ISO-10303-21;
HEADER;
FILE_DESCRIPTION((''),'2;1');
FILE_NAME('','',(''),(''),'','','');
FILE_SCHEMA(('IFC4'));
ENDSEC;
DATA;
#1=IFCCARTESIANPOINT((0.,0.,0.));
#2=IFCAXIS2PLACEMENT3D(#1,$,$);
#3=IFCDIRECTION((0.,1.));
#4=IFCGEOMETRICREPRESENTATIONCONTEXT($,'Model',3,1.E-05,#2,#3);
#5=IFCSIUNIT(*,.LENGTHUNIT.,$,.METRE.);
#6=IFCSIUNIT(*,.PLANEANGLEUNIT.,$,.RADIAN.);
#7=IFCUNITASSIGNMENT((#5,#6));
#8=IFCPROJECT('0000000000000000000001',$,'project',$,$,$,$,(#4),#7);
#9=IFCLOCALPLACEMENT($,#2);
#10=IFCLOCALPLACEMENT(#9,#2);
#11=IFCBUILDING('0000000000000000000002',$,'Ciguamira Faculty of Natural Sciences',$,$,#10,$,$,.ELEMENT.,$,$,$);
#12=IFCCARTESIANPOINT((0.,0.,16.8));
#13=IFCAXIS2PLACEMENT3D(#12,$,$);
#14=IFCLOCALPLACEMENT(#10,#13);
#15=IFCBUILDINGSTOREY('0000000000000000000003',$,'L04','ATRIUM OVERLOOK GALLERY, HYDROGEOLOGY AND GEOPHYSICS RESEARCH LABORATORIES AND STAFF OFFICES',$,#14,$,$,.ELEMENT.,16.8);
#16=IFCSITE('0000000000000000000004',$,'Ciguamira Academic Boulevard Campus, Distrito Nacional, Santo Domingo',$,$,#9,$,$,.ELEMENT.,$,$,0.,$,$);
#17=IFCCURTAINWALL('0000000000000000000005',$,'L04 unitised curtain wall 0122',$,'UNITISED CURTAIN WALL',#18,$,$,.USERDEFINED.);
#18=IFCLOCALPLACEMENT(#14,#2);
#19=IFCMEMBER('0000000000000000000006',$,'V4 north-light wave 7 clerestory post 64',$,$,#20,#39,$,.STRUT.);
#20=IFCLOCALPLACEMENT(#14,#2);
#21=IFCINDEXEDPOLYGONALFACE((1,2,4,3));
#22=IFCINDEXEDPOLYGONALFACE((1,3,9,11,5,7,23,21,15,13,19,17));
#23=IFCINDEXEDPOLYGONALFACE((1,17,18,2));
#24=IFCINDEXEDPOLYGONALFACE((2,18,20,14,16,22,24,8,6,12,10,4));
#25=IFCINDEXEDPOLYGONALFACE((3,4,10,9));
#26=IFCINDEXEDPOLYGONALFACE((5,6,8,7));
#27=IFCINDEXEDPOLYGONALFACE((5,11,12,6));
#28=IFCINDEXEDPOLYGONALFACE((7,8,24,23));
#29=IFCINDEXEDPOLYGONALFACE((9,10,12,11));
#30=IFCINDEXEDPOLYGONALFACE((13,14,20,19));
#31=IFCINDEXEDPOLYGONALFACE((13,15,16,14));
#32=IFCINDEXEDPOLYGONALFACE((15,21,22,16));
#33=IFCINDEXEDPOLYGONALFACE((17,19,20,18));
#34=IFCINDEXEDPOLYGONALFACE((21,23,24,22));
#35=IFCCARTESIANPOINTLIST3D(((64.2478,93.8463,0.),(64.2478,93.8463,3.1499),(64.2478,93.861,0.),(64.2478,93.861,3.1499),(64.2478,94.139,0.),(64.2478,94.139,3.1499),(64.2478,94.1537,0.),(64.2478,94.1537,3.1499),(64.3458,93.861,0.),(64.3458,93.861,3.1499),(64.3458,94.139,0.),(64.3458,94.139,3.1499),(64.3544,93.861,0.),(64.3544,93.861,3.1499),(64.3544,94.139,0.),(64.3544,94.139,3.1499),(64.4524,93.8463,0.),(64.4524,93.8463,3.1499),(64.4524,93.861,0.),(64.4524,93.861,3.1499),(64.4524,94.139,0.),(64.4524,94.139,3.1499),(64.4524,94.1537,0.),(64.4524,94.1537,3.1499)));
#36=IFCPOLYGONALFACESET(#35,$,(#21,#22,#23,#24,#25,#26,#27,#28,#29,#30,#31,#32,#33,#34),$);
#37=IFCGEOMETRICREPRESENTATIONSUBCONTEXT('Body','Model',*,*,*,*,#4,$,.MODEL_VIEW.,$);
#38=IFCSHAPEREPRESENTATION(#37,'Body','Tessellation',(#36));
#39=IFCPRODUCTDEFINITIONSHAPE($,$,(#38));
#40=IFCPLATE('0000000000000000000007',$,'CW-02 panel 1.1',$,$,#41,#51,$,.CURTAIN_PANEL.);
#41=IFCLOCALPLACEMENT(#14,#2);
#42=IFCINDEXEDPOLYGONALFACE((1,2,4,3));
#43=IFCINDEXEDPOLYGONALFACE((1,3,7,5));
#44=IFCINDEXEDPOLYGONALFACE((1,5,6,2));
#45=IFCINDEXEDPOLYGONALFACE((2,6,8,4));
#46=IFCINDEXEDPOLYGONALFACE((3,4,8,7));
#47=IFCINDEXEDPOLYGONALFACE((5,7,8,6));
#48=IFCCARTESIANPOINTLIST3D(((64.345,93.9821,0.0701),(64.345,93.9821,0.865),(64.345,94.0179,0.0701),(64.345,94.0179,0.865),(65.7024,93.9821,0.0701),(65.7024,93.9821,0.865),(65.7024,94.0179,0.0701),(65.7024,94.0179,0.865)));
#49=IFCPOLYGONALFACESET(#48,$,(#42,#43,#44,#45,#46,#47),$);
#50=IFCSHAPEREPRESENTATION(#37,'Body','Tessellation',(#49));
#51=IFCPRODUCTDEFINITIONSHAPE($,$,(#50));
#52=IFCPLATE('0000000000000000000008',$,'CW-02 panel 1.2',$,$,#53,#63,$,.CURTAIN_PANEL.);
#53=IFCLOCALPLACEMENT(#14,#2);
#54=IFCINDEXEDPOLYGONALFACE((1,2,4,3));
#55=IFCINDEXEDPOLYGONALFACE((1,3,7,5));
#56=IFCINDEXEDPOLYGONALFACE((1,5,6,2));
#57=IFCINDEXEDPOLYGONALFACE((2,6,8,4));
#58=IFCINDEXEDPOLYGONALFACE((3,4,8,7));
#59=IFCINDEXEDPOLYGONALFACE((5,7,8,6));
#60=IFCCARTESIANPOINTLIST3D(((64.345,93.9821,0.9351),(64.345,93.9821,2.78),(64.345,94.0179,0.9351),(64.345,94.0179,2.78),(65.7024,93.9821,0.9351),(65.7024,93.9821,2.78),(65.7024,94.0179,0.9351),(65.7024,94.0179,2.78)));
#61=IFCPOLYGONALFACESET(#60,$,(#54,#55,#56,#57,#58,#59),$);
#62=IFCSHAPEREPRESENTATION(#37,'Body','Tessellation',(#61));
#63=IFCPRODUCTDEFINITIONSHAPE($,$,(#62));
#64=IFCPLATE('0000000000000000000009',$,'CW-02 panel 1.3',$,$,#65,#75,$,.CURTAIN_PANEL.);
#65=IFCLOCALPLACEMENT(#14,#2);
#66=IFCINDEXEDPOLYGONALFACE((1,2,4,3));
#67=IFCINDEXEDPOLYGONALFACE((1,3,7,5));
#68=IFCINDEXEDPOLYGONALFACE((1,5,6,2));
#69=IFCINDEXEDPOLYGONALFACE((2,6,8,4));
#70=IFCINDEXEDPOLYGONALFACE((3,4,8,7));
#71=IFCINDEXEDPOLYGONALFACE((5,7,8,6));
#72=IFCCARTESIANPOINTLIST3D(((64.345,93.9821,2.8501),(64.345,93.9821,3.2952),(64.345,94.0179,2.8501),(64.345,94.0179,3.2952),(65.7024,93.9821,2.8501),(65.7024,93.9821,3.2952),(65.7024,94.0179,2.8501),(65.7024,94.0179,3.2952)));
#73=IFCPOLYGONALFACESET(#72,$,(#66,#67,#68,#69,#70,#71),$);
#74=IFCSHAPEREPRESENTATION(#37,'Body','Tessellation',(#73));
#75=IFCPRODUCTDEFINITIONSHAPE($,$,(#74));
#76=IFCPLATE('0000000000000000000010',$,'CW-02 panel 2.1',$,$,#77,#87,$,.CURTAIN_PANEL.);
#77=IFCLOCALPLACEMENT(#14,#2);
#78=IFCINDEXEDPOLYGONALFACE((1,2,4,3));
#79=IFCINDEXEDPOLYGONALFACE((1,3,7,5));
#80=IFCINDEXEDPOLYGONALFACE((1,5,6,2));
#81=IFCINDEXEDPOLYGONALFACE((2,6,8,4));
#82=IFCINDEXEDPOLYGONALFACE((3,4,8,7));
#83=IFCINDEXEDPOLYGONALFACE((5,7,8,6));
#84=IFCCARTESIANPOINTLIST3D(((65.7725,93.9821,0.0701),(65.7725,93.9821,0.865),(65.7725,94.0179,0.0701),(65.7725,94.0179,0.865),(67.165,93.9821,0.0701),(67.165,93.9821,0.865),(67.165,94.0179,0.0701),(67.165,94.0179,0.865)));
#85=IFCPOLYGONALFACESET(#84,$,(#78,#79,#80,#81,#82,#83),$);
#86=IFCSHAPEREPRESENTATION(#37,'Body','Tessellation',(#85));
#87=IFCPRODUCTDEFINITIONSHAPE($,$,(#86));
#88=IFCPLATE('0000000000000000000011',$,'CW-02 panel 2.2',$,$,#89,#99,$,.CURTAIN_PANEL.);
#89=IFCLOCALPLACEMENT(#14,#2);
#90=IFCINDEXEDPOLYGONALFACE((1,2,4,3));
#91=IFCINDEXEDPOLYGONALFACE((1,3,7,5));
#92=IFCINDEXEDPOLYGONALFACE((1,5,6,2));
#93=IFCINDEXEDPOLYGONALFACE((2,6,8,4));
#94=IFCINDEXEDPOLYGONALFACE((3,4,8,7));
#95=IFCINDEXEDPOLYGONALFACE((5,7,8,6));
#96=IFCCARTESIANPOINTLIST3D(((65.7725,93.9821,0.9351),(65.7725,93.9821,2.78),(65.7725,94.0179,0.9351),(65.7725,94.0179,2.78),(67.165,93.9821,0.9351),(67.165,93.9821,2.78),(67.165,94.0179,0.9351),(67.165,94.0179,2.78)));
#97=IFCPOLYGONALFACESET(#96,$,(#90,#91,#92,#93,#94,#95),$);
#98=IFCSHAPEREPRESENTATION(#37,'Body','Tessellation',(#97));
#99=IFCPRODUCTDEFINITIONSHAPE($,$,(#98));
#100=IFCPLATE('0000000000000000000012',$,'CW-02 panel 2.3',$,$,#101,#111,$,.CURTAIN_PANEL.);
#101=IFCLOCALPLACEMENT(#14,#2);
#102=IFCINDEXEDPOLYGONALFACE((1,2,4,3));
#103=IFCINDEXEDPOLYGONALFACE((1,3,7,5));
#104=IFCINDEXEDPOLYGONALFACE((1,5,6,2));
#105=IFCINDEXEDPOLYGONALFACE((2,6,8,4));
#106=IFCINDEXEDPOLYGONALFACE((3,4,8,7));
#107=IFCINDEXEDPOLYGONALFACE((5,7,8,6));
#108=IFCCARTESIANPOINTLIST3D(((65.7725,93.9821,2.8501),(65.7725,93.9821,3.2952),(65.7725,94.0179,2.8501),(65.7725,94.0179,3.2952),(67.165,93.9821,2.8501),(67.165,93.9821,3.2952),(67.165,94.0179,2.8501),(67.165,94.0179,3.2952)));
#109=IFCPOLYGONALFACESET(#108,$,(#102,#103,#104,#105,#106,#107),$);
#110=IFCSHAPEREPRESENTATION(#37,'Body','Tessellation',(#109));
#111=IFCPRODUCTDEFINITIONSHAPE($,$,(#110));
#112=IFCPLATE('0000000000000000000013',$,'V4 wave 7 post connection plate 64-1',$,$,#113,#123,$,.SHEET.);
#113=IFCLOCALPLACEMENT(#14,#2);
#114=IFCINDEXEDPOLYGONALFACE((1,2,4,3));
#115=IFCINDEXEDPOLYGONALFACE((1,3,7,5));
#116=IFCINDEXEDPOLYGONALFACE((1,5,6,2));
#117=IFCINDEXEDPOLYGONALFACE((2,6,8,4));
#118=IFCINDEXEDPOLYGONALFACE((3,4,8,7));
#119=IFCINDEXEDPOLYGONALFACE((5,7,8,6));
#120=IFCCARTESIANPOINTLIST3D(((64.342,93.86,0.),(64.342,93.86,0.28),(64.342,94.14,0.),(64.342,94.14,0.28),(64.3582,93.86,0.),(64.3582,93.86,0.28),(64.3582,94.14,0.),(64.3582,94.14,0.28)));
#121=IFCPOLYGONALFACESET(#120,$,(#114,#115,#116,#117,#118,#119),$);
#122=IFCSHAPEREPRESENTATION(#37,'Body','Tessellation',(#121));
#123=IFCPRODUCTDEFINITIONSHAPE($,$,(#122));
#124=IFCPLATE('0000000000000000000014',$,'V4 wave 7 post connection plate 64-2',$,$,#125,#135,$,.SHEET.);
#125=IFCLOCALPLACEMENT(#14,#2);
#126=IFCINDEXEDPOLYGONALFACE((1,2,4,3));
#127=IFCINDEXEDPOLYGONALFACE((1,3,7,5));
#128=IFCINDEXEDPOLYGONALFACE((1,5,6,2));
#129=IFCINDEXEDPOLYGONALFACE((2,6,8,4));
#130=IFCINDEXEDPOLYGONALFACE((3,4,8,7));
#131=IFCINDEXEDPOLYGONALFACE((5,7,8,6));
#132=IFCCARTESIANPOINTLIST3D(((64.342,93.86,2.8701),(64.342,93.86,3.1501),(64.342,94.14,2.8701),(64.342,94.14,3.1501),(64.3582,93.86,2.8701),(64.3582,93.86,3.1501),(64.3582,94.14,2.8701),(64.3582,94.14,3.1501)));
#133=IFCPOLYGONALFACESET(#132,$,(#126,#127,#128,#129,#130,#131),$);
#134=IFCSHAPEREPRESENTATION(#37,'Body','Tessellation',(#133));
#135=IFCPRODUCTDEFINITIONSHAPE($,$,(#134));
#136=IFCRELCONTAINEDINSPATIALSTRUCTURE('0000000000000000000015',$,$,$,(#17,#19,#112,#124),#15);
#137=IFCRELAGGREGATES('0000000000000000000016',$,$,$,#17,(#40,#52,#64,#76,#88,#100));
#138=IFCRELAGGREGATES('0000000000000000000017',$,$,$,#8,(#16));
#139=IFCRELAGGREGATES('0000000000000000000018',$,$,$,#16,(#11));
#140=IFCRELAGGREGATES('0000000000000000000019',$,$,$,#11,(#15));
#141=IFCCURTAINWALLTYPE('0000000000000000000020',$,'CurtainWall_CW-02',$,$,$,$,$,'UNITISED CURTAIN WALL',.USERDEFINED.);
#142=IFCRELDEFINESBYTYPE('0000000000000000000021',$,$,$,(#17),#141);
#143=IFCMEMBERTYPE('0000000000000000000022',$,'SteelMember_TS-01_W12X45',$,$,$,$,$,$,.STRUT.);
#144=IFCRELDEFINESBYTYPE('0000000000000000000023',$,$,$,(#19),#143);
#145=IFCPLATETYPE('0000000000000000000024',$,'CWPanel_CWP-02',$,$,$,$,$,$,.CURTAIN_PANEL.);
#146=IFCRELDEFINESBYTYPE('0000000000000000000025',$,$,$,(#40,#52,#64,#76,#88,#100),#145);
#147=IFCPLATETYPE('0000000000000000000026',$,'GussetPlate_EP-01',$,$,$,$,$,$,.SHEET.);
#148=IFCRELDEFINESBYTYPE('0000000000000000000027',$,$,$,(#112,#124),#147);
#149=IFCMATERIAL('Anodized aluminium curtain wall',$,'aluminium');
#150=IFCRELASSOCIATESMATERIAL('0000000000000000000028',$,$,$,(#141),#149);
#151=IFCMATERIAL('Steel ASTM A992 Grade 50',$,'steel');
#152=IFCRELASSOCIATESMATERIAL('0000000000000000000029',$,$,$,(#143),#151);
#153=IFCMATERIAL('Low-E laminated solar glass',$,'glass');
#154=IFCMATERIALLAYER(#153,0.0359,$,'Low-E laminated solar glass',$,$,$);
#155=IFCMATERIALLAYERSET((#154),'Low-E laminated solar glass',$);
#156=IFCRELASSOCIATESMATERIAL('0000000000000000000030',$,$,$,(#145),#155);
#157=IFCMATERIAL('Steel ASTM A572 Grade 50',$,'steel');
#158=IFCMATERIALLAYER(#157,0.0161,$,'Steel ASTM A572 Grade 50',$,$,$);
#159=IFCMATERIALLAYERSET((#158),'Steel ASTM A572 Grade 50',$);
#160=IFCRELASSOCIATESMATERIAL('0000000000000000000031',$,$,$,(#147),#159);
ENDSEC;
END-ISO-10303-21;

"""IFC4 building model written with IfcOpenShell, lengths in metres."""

from ifc_helpers import new_model, si_unit, direction, frame, origin, origin_2d, place, context, subcontext, project, spatial, rectangle, i_section, extrude, material, layer, layer_set, material_profile, profile_set, type_object, element, aggregate, save


model = new_model("IFC4")

# Units and contexts
model_context = context("Model", 3, precision=1e-05, world=origin(), true_north=direction((0.0, 1.0)))
body_context = subcontext(model_context, "Body", "Model", "MODEL_VIEW")
ifc_project = project(units=[si_unit("LENGTHUNIT", "METRE"), si_unit("PLANEANGLEUNIT", "RADIAN")], contexts=[model_context])

# Site, building, storey
site_placement = place(None, origin())
site = spatial("IfcSite", under=ifc_project, at=site_placement, Name="Ciguamira Academic Boulevard Campus, Distrito Nacional, Santo Domingo", CompositionType="ELEMENT", RefElevation=0.0)
building_placement = place(site_placement, origin())
building = spatial("IfcBuilding", under=site, at=building_placement, Name="Ciguamira Faculty of Natural Sciences", CompositionType="ELEMENT")
storey_placement = place(building_placement, frame((0.0, 0.0, 16.8)))
storey = spatial("IfcBuildingStorey", under=building, at=storey_placement, Name="L04", Description="ATRIUM OVERLOOK GALLERY, HYDROGEOLOGY AND GEOPHYSICS RESEARCH LABORATORIES AND STAFF OFFICES", CompositionType="ELEMENT", Elevation=16.8)

# Curtain wall
ifc_material_1 = material(Name="Anodized aluminium curtain wall", Category="aluminium")
curtain_wall_type_1 = type_object("IfcCurtainWallType", Name="CurtainWall_CW-02", ElementType="UNITISED CURTAIN WALL", PredefinedType="USERDEFINED", material=ifc_material_1)
curtain_wall_1_placement = place(storey_placement, origin())
curtain_wall_1 = element("IfcCurtainWall", 1, at=curtain_wall_1_placement, inside=storey, type_object=curtain_wall_type_1, Name="L04 unitised curtain wall 0122", ObjectType="UNITISED CURTAIN WALL", PredefinedType="USERDEFINED")

# Member
ifc_material_2 = material(Name="Steel ASTM A992 Grade 50", Category="steel")
ifc_material_profile_1 = material_profile(ifc_material_2, i_section(OverallWidth=0.2046, OverallDepth=0.3074, WebThickness=0.0085, FlangeThickness=0.0146, at=origin_2d()), Name="W12X45")
ifc_profile_set_1 = profile_set([ifc_material_profile_1], Name="Steel ASTM A992 Grade 50")
member_type_1 = type_object("IfcMemberType", Name="SteelMember_TS-01_W12X45", PredefinedType="STRUT", material=ifc_profile_set_1)
member_1_placement = place(storey_placement, frame((64.3501, 94.0, 0.0), z_axis=(0.0, 0.0, 1.0), x_axis=(1.0, 0.0, 0.0)))
element("IfcMember", 2, at=member_1_placement, inside=storey, type_object=member_type_1, Name="V4 north-light wave 7 clerestory post 64", PredefinedType="STRUT", context=body_context, shape_type="SweptSolid", body=[
    extrude(i_section(OverallWidth=0.2046, OverallDepth=0.3074, WebThickness=0.0085, FlangeThickness=0.0146, at=origin_2d()), origin(), (0.0, 0.0, 1.0), 3.1499),
])

# Plates
ifc_material_3 = material(Name="Low-E laminated solar glass", Category="glass")
ifc_layer_1 = layer(ifc_material_3, 0.0359, Name="Low-E laminated solar glass")
ifc_layer_set_1 = layer_set([ifc_layer_1], Name="Low-E laminated solar glass")
plate_type_1 = type_object("IfcPlateType", Name="CWPanel_CWP-02", PredefinedType="CURTAIN_PANEL", material=ifc_layer_set_1)
plate_1_placement = place(storey_placement, frame((65.0237, 94.0, 0.0701), z_axis=(0.0, 0.0, 1.0), x_axis=(1.0, 0.0, 0.0)))
plate_1 = element("IfcPlate", 3, at=plate_1_placement, type_object=plate_type_1, Name="CW-02 panel 1.1", PredefinedType="CURTAIN_PANEL", context=body_context, shape_type="SweptSolid", body=[
    extrude(rectangle(XDim=1.3574, YDim=0.0359, at=origin_2d()), origin(), (0.0, 0.0, 1.0), 0.7949),
])
plate_2_placement = place(storey_placement, frame((65.0237, 94.0, 0.9351), z_axis=(0.0, 0.0, 1.0), x_axis=(1.0, 0.0, 0.0)))
plate_2 = element("IfcPlate", 4, at=plate_2_placement, type_object=plate_type_1, Name="CW-02 panel 1.2", PredefinedType="CURTAIN_PANEL", context=body_context, shape_type="SweptSolid", body=[
    extrude(rectangle(XDim=1.3574, YDim=0.0359, at=origin_2d()), origin(), (0.0, 0.0, 1.0), 1.845),
])
plate_3_placement = place(storey_placement, frame((65.0237, 94.0, 2.8501), z_axis=(0.0, 0.0, 1.0), x_axis=(1.0, 0.0, 0.0)))
plate_3 = element("IfcPlate", 5, at=plate_3_placement, type_object=plate_type_1, Name="CW-02 panel 1.3", PredefinedType="CURTAIN_PANEL", context=body_context, shape_type="SweptSolid", body=[
    extrude(rectangle(XDim=1.3574, YDim=0.0359, at=origin_2d()), origin(), (0.0, 0.0, 1.0), 0.4451),
])
plate_4_placement = place(storey_placement, frame((66.4688, 94.0, 0.0701), z_axis=(0.0, 0.0, 1.0), x_axis=(1.0, 0.0, 0.0)))
plate_4 = element("IfcPlate", 6, at=plate_4_placement, type_object=plate_type_1, Name="CW-02 panel 2.1", PredefinedType="CURTAIN_PANEL", context=body_context, shape_type="SweptSolid", body=[
    extrude(rectangle(XDim=1.3926, YDim=0.0359, at=origin_2d()), origin(), (0.0, 0.0, 1.0), 0.7949),
])
plate_5_placement = place(storey_placement, frame((66.4688, 94.0, 0.9351), z_axis=(0.0, 0.0, 1.0), x_axis=(1.0, 0.0, 0.0)))
plate_5 = element("IfcPlate", 7, at=plate_5_placement, type_object=plate_type_1, Name="CW-02 panel 2.2", PredefinedType="CURTAIN_PANEL", context=body_context, shape_type="SweptSolid", body=[
    extrude(rectangle(XDim=1.3926, YDim=0.0359, at=origin_2d()), origin(), (0.0, 0.0, 1.0), 1.845),
])
plate_6_placement = place(storey_placement, frame((66.4688, 94.0, 2.8501), z_axis=(0.0, 0.0, 1.0), x_axis=(1.0, 0.0, 0.0)))
plate_6 = element("IfcPlate", 8, at=plate_6_placement, type_object=plate_type_1, Name="CW-02 panel 2.3", PredefinedType="CURTAIN_PANEL", context=body_context, shape_type="SweptSolid", body=[
    extrude(rectangle(XDim=1.3926, YDim=0.0359, at=origin_2d()), origin(), (0.0, 0.0, 1.0), 0.4451),
])
aggregate(curtain_wall_1, [plate_1, plate_2, plate_3, plate_4, plate_5, plate_6])

# Plates
ifc_material_4 = material(Name="Steel ASTM A572 Grade 50", Category="steel")
ifc_layer_2 = layer(ifc_material_4, 0.0161, Name="Steel ASTM A572 Grade 50")
ifc_layer_set_2 = layer_set([ifc_layer_2], Name="Steel ASTM A572 Grade 50")
plate_type_2 = type_object("IfcPlateType", Name="GussetPlate_EP-01", PredefinedType="SHEET", material=ifc_layer_set_2)
for number, where, z_axis, x_axis, name in (
    (9, (64.3501, 94.0, 0.0), (0.0, 0.0, 1.0), (1.0, 0.0, 0.0), "V4 wave 7 post connection plate 64-1"),
    (10, (64.3501, 94.0, 2.8701), (0.0, 0.0, 1.0), (1.0, 0.0, 0.0), "V4 wave 7 post connection plate 64-2"),
):
    element("IfcPlate", number, at=place(storey_placement, frame(where, z_axis=z_axis, x_axis=x_axis)), inside=storey, type_object=plate_type_2, Name=name, PredefinedType="SHEET", context=body_context, shape_type="SweptSolid", body=[
        extrude(rectangle(XDim=0.0161, YDim=0.28, at=origin_2d()), origin(), (0.0, 0.0, 1.0), 0.28),
    ])

save(model, "model.ifc")
